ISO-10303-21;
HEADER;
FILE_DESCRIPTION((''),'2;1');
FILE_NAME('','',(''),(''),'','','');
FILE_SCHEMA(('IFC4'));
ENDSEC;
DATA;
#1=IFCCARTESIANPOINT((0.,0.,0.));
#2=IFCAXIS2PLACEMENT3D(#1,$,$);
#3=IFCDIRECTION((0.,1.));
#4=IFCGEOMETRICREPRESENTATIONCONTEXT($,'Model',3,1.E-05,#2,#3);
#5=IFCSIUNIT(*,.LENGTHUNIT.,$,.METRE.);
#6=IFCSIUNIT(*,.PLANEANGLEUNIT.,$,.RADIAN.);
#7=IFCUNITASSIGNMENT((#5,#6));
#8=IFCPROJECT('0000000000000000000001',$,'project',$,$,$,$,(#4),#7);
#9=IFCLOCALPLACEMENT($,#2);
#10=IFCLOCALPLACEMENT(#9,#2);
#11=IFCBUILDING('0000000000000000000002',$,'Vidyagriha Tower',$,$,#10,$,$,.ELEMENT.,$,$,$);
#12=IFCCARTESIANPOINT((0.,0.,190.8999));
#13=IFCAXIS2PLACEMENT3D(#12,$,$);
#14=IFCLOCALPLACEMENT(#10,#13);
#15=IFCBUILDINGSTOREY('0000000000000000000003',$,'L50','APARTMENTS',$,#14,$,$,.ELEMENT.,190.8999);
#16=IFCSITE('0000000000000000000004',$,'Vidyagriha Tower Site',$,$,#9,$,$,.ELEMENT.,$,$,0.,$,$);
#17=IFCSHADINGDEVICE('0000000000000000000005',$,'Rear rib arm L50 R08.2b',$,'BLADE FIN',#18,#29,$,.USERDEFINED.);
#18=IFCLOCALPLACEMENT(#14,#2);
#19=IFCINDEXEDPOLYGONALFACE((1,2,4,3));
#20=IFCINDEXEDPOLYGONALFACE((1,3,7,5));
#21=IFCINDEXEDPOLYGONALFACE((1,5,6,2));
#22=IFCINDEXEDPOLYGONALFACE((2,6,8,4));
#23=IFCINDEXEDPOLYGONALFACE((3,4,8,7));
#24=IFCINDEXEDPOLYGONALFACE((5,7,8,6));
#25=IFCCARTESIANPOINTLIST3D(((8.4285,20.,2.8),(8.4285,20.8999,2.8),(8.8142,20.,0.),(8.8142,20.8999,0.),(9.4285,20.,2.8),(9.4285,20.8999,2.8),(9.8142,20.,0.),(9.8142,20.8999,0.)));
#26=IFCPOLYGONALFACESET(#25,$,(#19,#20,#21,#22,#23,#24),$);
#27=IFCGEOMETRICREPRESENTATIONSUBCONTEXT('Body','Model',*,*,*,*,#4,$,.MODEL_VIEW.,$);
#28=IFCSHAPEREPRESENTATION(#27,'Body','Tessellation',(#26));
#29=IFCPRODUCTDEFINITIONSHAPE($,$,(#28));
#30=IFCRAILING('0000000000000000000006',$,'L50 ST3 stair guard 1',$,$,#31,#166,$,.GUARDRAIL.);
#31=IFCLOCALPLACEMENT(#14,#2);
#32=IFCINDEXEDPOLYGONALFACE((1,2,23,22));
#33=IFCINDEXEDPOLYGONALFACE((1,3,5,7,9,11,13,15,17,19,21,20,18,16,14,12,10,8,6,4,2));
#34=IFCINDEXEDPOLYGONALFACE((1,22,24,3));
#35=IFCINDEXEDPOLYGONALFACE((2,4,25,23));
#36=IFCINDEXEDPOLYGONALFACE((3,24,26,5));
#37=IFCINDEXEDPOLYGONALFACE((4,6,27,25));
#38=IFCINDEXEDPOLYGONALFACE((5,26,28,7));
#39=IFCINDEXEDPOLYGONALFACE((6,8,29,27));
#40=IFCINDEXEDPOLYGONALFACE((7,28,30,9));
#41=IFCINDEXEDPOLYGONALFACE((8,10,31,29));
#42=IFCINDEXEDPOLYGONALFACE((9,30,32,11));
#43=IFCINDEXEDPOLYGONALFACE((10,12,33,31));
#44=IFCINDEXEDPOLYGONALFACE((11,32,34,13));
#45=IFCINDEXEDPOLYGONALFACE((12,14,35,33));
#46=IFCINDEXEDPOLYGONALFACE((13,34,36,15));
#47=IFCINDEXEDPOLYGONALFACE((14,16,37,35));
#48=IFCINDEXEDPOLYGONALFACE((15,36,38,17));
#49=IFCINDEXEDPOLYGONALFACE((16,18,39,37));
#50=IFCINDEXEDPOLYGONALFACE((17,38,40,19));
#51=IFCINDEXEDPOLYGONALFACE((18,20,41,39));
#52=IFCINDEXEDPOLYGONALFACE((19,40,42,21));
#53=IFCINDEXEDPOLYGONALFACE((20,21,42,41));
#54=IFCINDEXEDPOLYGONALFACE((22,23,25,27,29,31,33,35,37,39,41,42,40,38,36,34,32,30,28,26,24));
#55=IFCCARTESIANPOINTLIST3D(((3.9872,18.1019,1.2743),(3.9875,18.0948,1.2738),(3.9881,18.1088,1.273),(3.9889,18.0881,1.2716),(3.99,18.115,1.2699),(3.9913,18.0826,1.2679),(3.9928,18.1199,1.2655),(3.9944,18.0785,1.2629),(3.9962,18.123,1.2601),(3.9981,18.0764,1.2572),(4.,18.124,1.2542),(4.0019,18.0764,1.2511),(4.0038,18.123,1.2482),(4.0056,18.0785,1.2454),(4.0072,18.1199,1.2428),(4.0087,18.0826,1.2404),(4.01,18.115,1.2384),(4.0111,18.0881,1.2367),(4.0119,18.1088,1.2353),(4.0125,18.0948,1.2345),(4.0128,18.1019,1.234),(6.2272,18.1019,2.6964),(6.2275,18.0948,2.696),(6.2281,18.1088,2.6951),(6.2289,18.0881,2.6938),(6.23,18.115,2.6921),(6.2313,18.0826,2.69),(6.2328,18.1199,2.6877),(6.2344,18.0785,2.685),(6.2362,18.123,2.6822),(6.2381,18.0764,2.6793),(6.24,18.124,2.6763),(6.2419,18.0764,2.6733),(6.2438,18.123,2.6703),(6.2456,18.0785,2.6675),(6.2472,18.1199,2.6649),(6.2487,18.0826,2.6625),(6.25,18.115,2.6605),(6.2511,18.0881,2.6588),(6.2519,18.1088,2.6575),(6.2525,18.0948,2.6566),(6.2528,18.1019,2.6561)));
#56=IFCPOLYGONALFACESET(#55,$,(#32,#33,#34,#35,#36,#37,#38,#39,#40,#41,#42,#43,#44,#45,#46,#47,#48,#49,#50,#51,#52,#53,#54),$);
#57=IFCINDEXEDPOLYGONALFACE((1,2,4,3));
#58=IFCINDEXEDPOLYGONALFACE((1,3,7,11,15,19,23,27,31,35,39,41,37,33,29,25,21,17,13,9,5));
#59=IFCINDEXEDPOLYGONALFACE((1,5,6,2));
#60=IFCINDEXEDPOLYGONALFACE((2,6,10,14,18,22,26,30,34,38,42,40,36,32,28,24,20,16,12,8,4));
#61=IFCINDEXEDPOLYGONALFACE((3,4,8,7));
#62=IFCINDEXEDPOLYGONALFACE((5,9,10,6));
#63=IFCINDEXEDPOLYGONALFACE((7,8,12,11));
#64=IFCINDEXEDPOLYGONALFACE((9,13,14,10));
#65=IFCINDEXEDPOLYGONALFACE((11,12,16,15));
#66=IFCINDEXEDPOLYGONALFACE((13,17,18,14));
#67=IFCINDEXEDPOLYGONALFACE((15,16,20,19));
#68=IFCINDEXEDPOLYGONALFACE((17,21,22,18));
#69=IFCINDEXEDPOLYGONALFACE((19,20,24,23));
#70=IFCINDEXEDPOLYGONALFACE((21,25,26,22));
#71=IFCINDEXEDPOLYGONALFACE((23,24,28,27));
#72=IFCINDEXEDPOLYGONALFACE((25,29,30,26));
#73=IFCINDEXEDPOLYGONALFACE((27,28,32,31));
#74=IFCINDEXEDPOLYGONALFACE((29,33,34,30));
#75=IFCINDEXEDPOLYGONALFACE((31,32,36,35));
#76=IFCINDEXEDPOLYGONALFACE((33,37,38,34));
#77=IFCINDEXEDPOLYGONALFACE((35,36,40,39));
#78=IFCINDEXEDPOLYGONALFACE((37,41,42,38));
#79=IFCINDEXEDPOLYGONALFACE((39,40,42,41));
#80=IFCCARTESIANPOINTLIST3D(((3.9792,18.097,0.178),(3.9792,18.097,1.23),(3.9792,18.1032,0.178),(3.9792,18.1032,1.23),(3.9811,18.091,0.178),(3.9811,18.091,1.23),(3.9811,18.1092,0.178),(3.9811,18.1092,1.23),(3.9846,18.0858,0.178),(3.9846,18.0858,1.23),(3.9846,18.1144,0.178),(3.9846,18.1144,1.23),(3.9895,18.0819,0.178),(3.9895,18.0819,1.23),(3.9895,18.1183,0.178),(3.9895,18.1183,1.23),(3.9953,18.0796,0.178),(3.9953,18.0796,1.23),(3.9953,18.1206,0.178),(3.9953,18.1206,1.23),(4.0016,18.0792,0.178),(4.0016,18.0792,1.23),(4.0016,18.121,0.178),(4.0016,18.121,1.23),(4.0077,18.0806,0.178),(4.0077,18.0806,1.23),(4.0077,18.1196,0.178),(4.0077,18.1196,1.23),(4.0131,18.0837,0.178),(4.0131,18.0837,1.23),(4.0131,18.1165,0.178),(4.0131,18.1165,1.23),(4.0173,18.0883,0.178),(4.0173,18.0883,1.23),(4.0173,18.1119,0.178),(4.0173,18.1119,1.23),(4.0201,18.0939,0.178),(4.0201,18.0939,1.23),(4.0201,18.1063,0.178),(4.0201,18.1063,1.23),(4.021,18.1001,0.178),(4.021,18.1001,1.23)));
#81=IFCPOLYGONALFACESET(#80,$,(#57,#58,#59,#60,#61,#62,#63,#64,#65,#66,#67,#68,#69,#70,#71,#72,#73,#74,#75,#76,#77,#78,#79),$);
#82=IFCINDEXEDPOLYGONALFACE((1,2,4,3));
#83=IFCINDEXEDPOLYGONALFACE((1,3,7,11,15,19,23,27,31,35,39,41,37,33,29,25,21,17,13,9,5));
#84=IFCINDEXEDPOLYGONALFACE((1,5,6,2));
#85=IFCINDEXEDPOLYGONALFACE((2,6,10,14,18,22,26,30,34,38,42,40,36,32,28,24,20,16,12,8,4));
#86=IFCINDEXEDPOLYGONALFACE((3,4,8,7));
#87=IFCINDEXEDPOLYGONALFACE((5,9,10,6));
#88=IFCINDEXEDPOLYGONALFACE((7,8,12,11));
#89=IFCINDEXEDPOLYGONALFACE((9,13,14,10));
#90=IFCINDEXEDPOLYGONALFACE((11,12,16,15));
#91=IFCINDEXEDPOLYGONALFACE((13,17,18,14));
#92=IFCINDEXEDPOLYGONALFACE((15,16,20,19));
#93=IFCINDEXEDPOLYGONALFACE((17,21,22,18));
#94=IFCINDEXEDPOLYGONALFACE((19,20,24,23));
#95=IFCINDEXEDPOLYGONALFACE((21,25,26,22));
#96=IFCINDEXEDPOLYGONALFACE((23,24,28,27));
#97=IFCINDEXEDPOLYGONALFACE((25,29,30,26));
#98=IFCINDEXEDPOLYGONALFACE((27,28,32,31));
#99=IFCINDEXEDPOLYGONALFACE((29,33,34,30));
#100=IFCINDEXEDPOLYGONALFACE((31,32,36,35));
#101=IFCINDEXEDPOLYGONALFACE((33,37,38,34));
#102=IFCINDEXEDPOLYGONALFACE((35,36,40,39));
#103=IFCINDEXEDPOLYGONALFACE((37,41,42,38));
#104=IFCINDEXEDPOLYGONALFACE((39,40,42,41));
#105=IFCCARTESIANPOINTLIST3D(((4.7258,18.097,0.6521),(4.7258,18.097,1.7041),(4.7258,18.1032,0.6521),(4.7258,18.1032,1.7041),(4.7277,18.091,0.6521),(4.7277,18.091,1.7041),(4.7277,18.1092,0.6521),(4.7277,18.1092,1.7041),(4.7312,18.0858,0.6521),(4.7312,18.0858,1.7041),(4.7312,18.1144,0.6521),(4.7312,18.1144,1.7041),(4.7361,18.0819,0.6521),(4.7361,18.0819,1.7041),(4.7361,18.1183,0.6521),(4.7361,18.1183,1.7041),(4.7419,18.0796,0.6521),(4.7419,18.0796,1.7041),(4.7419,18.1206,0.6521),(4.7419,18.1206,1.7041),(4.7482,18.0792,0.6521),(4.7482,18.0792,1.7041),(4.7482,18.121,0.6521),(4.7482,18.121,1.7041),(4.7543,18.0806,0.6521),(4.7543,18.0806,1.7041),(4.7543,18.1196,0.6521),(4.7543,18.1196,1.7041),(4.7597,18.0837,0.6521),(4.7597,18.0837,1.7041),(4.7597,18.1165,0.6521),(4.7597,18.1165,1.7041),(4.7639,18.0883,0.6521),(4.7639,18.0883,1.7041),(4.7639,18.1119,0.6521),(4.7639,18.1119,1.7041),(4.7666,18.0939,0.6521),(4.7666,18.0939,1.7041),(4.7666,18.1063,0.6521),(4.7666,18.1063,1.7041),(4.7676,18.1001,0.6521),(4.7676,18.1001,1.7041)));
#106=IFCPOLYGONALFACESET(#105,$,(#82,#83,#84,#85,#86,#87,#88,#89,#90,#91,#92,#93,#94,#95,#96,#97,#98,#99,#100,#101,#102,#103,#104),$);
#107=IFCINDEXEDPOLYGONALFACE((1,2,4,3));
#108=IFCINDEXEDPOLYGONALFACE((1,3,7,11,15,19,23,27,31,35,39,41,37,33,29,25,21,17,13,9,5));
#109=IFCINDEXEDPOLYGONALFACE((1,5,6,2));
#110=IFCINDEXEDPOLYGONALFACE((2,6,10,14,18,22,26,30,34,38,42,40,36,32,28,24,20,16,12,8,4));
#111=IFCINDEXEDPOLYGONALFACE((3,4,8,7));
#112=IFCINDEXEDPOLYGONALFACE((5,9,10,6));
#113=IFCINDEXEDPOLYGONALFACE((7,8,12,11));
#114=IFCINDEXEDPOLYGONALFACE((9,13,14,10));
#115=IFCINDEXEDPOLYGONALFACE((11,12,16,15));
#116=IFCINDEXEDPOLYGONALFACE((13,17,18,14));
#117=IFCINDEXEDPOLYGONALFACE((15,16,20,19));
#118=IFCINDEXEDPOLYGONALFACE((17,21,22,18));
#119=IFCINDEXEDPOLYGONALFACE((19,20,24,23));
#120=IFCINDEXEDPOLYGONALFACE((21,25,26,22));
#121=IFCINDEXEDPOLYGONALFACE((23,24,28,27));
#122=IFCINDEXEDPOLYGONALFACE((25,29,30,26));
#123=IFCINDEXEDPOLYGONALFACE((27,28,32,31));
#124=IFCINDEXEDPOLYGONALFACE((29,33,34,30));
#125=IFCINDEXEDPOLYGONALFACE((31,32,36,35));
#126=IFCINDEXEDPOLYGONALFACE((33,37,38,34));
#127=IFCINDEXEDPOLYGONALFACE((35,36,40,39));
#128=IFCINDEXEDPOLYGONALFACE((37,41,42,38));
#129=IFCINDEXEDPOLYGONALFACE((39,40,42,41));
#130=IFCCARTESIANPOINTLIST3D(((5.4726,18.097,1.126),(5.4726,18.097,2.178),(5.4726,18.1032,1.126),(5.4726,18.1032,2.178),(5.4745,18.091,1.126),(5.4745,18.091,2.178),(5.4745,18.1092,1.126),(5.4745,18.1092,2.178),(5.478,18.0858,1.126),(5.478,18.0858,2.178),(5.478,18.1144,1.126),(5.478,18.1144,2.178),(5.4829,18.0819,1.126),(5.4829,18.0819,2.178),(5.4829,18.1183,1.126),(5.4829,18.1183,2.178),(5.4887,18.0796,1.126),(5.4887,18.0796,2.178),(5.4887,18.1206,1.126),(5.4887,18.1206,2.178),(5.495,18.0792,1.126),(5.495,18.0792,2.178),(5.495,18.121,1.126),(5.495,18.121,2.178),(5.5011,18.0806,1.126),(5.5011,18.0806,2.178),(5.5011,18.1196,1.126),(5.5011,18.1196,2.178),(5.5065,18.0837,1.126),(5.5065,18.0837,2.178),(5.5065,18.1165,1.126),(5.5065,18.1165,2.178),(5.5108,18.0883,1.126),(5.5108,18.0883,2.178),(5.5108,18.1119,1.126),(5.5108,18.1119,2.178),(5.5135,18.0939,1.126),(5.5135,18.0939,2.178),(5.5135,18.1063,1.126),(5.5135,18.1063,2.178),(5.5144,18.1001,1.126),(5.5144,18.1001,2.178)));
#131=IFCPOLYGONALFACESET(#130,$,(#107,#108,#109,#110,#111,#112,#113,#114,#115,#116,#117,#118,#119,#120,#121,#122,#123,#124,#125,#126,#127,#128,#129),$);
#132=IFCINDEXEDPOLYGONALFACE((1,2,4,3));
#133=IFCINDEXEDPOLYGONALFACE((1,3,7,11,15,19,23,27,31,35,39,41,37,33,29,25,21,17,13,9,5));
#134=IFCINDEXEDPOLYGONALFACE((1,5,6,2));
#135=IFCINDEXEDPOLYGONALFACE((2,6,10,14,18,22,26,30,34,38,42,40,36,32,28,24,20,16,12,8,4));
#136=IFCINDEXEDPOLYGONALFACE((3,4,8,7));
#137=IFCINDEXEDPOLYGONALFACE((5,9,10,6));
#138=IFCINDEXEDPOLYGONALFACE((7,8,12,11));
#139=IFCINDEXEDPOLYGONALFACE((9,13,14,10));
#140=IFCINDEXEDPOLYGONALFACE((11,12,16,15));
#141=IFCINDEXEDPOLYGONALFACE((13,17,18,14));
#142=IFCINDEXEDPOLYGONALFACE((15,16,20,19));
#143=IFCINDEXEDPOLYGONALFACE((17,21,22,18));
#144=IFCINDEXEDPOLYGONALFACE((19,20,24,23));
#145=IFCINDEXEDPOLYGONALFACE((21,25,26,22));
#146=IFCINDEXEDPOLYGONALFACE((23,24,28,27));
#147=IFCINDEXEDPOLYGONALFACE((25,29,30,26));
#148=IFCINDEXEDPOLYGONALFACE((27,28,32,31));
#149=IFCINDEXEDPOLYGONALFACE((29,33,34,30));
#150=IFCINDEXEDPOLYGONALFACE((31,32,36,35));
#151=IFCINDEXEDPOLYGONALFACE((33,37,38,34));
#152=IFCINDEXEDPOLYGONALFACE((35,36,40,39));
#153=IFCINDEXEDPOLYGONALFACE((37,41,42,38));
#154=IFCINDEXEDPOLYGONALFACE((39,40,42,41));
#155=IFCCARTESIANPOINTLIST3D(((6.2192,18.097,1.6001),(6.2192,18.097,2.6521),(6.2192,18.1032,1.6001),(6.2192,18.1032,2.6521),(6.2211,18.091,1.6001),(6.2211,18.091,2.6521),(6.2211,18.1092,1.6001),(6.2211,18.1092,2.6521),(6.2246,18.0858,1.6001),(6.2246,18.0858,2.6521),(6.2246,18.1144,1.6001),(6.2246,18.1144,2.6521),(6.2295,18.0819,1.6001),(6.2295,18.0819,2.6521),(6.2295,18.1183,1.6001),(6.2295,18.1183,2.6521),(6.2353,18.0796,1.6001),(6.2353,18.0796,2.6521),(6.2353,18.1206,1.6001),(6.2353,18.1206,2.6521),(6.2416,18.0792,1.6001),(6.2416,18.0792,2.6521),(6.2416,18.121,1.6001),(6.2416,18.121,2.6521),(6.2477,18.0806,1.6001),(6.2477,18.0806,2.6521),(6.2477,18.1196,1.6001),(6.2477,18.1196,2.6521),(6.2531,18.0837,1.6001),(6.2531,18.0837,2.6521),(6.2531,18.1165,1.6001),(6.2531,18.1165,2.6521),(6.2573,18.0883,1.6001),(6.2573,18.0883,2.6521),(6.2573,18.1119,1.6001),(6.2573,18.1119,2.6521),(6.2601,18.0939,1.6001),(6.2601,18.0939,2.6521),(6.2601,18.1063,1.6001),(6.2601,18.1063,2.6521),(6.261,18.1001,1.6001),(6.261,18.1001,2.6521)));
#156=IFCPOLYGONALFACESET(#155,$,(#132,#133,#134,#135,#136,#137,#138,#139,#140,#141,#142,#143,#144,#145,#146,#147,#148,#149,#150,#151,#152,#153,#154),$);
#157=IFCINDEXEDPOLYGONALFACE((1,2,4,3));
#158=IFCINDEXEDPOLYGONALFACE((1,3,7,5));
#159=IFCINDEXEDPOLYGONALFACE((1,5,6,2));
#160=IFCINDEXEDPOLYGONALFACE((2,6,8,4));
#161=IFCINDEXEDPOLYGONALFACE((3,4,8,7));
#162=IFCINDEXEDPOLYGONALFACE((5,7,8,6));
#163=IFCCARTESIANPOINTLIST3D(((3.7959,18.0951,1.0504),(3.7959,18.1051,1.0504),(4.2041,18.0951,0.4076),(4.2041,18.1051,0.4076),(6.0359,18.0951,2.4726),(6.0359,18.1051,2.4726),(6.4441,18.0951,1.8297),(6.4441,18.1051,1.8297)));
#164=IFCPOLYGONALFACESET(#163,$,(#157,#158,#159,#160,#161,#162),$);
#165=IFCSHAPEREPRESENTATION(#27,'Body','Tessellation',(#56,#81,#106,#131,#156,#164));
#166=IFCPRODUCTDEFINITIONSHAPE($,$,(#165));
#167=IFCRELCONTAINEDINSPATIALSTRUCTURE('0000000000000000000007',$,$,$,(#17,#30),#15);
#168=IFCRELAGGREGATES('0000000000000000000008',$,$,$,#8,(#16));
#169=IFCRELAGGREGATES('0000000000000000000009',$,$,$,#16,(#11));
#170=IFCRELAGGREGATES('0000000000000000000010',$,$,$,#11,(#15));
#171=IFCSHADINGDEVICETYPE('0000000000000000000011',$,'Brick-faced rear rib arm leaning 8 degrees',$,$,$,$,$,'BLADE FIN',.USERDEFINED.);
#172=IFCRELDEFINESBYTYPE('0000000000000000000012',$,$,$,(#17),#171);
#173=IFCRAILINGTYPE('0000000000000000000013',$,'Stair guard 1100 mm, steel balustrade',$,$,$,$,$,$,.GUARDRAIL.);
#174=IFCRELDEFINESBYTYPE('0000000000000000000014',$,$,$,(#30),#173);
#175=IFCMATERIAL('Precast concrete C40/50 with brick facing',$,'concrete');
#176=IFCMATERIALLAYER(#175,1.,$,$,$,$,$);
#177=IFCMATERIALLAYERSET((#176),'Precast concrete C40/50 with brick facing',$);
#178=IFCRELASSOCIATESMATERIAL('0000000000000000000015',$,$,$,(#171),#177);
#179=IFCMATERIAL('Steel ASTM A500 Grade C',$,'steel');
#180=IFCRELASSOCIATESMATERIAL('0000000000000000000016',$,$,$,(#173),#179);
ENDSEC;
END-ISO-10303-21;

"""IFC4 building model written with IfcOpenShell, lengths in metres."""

from ifc_helpers import new_model, si_unit, direction, frame, origin, origin_2d, place, context, subcontext, project, spatial, polyline, rectangle, circle, outline, extrude, material, layer, layer_set, type_object, element, save


model = new_model("IFC4")

# Units and contexts
model_context = context("Model", 3, precision=1e-05, world=origin(), true_north=direction((0.0, 1.0)))
body_context = subcontext(model_context, "Body", "Model", "MODEL_VIEW")
ifc_project = project(units=[si_unit("LENGTHUNIT", "METRE"), si_unit("PLANEANGLEUNIT", "RADIAN")], contexts=[model_context])

# Site, building, storey
site_placement = place(None, origin())
site = spatial("IfcSite", under=ifc_project, at=site_placement, Name="Vidyagriha Tower Site", CompositionType="ELEMENT", RefElevation=0.0)
building_placement = place(site_placement, origin())
building = spatial("IfcBuilding", under=site, at=building_placement, Name="Vidyagriha Tower", CompositionType="ELEMENT")
storey_placement = place(building_placement, frame((0.0, 0.0, 190.8999)))
storey = spatial("IfcBuildingStorey", under=building, at=storey_placement, Name="L50", Description="APARTMENTS", CompositionType="ELEMENT", Elevation=190.8999)

# Shading device
ifc_material_1 = material(Name="Precast concrete C40/50 with brick facing", Category="concrete")
ifc_layer_1 = layer(ifc_material_1, 1.0)
ifc_layer_set_1 = layer_set([ifc_layer_1], Name="Precast concrete C40/50 with brick facing")
shading_device_type = type_object("IfcShadingDeviceType", Name="Brick-faced rear rib arm leaning 8 degrees", ElementType="BLADE FIN", PredefinedType="USERDEFINED", material=ifc_layer_set_1)
shading_device_1_placement = place(storey_placement, frame((9.8142, 20.45, 0.0), z_axis=(0.0, 0.0, 1.0), x_axis=(-1.0, 0.0, 0.0)))
element("IfcShadingDevice", 1, at=shading_device_1_placement, inside=storey, type_object=shading_device_type, Name="Rear rib arm L50 R08.2b", ObjectType="BLADE FIN", PredefinedType="USERDEFINED", context=body_context, shape_type="SweptSolid", body=[
    extrude(outline(polyline([(0.0, 0.0), (1.0, 0.0), (1.3857, 2.8), (0.3857, 2.8), (0.0, 0.0)])), frame((0.0, 0.45, 0.0), z_axis=(0.0, -1.0, 0.0), x_axis=(1.0, 0.0, 0.0)), (0.0, 0.0, 1.0), 0.8999),
])

# Railing
ifc_material_2 = material(Name="Steel ASTM A500 Grade C", Category="steel")
railing_type_1 = type_object("IfcRailingType", Name="Stair guard 1100 mm, steel balustrade", PredefinedType="GUARDRAIL", material=ifc_material_2)
railing_1_placement = place(storey_placement, frame((4.0, 18.1001, 0.178)))
element("IfcRailing", 2, at=railing_1_placement, inside=storey, type_object=railing_type_1, Name="L50 ST3 stair guard 1", PredefinedType="GUARDRAIL", context=body_context, shape_type="SweptSolid", body=[
    extrude(circle(Radius=0.0239, at=origin_2d()), frame((0.0, 0.0, 1.0762), z_axis=(0.844229, 0.0, 0.535982), x_axis=(0.0, 1.0, 0.0)), (0.0, 0.0, 1.0), 2.6533),
    extrude(circle(Radius=0.021, at=origin_2d()), origin(), (0.0, 0.0, 1.0), 1.052),
    extrude(circle(Radius=0.021, at=origin_2d()), frame((0.7466, 0.0, 0.4741)), (0.0, 0.0, 1.0), 1.052),
    extrude(circle(Radius=0.021, at=origin_2d()), frame((1.4934, 0.0, 0.948)), (0.0, 0.0, 1.0), 1.052),
    extrude(circle(Radius=0.021, at=origin_2d()), frame((2.24, 0.0, 1.4221)), (0.0, 0.0, 1.0), 1.052),
    extrude(rectangle(XDim=0.01, YDim=0.7615, at=origin_2d()), frame((0.0, 0.0, 0.551), z_axis=(0.844229, 0.0, 0.535982), x_axis=(0.0, 1.0, 0.0)), (0.0, 0.0, 1.0), 2.6533),
])

save(model, "model.ifc")
